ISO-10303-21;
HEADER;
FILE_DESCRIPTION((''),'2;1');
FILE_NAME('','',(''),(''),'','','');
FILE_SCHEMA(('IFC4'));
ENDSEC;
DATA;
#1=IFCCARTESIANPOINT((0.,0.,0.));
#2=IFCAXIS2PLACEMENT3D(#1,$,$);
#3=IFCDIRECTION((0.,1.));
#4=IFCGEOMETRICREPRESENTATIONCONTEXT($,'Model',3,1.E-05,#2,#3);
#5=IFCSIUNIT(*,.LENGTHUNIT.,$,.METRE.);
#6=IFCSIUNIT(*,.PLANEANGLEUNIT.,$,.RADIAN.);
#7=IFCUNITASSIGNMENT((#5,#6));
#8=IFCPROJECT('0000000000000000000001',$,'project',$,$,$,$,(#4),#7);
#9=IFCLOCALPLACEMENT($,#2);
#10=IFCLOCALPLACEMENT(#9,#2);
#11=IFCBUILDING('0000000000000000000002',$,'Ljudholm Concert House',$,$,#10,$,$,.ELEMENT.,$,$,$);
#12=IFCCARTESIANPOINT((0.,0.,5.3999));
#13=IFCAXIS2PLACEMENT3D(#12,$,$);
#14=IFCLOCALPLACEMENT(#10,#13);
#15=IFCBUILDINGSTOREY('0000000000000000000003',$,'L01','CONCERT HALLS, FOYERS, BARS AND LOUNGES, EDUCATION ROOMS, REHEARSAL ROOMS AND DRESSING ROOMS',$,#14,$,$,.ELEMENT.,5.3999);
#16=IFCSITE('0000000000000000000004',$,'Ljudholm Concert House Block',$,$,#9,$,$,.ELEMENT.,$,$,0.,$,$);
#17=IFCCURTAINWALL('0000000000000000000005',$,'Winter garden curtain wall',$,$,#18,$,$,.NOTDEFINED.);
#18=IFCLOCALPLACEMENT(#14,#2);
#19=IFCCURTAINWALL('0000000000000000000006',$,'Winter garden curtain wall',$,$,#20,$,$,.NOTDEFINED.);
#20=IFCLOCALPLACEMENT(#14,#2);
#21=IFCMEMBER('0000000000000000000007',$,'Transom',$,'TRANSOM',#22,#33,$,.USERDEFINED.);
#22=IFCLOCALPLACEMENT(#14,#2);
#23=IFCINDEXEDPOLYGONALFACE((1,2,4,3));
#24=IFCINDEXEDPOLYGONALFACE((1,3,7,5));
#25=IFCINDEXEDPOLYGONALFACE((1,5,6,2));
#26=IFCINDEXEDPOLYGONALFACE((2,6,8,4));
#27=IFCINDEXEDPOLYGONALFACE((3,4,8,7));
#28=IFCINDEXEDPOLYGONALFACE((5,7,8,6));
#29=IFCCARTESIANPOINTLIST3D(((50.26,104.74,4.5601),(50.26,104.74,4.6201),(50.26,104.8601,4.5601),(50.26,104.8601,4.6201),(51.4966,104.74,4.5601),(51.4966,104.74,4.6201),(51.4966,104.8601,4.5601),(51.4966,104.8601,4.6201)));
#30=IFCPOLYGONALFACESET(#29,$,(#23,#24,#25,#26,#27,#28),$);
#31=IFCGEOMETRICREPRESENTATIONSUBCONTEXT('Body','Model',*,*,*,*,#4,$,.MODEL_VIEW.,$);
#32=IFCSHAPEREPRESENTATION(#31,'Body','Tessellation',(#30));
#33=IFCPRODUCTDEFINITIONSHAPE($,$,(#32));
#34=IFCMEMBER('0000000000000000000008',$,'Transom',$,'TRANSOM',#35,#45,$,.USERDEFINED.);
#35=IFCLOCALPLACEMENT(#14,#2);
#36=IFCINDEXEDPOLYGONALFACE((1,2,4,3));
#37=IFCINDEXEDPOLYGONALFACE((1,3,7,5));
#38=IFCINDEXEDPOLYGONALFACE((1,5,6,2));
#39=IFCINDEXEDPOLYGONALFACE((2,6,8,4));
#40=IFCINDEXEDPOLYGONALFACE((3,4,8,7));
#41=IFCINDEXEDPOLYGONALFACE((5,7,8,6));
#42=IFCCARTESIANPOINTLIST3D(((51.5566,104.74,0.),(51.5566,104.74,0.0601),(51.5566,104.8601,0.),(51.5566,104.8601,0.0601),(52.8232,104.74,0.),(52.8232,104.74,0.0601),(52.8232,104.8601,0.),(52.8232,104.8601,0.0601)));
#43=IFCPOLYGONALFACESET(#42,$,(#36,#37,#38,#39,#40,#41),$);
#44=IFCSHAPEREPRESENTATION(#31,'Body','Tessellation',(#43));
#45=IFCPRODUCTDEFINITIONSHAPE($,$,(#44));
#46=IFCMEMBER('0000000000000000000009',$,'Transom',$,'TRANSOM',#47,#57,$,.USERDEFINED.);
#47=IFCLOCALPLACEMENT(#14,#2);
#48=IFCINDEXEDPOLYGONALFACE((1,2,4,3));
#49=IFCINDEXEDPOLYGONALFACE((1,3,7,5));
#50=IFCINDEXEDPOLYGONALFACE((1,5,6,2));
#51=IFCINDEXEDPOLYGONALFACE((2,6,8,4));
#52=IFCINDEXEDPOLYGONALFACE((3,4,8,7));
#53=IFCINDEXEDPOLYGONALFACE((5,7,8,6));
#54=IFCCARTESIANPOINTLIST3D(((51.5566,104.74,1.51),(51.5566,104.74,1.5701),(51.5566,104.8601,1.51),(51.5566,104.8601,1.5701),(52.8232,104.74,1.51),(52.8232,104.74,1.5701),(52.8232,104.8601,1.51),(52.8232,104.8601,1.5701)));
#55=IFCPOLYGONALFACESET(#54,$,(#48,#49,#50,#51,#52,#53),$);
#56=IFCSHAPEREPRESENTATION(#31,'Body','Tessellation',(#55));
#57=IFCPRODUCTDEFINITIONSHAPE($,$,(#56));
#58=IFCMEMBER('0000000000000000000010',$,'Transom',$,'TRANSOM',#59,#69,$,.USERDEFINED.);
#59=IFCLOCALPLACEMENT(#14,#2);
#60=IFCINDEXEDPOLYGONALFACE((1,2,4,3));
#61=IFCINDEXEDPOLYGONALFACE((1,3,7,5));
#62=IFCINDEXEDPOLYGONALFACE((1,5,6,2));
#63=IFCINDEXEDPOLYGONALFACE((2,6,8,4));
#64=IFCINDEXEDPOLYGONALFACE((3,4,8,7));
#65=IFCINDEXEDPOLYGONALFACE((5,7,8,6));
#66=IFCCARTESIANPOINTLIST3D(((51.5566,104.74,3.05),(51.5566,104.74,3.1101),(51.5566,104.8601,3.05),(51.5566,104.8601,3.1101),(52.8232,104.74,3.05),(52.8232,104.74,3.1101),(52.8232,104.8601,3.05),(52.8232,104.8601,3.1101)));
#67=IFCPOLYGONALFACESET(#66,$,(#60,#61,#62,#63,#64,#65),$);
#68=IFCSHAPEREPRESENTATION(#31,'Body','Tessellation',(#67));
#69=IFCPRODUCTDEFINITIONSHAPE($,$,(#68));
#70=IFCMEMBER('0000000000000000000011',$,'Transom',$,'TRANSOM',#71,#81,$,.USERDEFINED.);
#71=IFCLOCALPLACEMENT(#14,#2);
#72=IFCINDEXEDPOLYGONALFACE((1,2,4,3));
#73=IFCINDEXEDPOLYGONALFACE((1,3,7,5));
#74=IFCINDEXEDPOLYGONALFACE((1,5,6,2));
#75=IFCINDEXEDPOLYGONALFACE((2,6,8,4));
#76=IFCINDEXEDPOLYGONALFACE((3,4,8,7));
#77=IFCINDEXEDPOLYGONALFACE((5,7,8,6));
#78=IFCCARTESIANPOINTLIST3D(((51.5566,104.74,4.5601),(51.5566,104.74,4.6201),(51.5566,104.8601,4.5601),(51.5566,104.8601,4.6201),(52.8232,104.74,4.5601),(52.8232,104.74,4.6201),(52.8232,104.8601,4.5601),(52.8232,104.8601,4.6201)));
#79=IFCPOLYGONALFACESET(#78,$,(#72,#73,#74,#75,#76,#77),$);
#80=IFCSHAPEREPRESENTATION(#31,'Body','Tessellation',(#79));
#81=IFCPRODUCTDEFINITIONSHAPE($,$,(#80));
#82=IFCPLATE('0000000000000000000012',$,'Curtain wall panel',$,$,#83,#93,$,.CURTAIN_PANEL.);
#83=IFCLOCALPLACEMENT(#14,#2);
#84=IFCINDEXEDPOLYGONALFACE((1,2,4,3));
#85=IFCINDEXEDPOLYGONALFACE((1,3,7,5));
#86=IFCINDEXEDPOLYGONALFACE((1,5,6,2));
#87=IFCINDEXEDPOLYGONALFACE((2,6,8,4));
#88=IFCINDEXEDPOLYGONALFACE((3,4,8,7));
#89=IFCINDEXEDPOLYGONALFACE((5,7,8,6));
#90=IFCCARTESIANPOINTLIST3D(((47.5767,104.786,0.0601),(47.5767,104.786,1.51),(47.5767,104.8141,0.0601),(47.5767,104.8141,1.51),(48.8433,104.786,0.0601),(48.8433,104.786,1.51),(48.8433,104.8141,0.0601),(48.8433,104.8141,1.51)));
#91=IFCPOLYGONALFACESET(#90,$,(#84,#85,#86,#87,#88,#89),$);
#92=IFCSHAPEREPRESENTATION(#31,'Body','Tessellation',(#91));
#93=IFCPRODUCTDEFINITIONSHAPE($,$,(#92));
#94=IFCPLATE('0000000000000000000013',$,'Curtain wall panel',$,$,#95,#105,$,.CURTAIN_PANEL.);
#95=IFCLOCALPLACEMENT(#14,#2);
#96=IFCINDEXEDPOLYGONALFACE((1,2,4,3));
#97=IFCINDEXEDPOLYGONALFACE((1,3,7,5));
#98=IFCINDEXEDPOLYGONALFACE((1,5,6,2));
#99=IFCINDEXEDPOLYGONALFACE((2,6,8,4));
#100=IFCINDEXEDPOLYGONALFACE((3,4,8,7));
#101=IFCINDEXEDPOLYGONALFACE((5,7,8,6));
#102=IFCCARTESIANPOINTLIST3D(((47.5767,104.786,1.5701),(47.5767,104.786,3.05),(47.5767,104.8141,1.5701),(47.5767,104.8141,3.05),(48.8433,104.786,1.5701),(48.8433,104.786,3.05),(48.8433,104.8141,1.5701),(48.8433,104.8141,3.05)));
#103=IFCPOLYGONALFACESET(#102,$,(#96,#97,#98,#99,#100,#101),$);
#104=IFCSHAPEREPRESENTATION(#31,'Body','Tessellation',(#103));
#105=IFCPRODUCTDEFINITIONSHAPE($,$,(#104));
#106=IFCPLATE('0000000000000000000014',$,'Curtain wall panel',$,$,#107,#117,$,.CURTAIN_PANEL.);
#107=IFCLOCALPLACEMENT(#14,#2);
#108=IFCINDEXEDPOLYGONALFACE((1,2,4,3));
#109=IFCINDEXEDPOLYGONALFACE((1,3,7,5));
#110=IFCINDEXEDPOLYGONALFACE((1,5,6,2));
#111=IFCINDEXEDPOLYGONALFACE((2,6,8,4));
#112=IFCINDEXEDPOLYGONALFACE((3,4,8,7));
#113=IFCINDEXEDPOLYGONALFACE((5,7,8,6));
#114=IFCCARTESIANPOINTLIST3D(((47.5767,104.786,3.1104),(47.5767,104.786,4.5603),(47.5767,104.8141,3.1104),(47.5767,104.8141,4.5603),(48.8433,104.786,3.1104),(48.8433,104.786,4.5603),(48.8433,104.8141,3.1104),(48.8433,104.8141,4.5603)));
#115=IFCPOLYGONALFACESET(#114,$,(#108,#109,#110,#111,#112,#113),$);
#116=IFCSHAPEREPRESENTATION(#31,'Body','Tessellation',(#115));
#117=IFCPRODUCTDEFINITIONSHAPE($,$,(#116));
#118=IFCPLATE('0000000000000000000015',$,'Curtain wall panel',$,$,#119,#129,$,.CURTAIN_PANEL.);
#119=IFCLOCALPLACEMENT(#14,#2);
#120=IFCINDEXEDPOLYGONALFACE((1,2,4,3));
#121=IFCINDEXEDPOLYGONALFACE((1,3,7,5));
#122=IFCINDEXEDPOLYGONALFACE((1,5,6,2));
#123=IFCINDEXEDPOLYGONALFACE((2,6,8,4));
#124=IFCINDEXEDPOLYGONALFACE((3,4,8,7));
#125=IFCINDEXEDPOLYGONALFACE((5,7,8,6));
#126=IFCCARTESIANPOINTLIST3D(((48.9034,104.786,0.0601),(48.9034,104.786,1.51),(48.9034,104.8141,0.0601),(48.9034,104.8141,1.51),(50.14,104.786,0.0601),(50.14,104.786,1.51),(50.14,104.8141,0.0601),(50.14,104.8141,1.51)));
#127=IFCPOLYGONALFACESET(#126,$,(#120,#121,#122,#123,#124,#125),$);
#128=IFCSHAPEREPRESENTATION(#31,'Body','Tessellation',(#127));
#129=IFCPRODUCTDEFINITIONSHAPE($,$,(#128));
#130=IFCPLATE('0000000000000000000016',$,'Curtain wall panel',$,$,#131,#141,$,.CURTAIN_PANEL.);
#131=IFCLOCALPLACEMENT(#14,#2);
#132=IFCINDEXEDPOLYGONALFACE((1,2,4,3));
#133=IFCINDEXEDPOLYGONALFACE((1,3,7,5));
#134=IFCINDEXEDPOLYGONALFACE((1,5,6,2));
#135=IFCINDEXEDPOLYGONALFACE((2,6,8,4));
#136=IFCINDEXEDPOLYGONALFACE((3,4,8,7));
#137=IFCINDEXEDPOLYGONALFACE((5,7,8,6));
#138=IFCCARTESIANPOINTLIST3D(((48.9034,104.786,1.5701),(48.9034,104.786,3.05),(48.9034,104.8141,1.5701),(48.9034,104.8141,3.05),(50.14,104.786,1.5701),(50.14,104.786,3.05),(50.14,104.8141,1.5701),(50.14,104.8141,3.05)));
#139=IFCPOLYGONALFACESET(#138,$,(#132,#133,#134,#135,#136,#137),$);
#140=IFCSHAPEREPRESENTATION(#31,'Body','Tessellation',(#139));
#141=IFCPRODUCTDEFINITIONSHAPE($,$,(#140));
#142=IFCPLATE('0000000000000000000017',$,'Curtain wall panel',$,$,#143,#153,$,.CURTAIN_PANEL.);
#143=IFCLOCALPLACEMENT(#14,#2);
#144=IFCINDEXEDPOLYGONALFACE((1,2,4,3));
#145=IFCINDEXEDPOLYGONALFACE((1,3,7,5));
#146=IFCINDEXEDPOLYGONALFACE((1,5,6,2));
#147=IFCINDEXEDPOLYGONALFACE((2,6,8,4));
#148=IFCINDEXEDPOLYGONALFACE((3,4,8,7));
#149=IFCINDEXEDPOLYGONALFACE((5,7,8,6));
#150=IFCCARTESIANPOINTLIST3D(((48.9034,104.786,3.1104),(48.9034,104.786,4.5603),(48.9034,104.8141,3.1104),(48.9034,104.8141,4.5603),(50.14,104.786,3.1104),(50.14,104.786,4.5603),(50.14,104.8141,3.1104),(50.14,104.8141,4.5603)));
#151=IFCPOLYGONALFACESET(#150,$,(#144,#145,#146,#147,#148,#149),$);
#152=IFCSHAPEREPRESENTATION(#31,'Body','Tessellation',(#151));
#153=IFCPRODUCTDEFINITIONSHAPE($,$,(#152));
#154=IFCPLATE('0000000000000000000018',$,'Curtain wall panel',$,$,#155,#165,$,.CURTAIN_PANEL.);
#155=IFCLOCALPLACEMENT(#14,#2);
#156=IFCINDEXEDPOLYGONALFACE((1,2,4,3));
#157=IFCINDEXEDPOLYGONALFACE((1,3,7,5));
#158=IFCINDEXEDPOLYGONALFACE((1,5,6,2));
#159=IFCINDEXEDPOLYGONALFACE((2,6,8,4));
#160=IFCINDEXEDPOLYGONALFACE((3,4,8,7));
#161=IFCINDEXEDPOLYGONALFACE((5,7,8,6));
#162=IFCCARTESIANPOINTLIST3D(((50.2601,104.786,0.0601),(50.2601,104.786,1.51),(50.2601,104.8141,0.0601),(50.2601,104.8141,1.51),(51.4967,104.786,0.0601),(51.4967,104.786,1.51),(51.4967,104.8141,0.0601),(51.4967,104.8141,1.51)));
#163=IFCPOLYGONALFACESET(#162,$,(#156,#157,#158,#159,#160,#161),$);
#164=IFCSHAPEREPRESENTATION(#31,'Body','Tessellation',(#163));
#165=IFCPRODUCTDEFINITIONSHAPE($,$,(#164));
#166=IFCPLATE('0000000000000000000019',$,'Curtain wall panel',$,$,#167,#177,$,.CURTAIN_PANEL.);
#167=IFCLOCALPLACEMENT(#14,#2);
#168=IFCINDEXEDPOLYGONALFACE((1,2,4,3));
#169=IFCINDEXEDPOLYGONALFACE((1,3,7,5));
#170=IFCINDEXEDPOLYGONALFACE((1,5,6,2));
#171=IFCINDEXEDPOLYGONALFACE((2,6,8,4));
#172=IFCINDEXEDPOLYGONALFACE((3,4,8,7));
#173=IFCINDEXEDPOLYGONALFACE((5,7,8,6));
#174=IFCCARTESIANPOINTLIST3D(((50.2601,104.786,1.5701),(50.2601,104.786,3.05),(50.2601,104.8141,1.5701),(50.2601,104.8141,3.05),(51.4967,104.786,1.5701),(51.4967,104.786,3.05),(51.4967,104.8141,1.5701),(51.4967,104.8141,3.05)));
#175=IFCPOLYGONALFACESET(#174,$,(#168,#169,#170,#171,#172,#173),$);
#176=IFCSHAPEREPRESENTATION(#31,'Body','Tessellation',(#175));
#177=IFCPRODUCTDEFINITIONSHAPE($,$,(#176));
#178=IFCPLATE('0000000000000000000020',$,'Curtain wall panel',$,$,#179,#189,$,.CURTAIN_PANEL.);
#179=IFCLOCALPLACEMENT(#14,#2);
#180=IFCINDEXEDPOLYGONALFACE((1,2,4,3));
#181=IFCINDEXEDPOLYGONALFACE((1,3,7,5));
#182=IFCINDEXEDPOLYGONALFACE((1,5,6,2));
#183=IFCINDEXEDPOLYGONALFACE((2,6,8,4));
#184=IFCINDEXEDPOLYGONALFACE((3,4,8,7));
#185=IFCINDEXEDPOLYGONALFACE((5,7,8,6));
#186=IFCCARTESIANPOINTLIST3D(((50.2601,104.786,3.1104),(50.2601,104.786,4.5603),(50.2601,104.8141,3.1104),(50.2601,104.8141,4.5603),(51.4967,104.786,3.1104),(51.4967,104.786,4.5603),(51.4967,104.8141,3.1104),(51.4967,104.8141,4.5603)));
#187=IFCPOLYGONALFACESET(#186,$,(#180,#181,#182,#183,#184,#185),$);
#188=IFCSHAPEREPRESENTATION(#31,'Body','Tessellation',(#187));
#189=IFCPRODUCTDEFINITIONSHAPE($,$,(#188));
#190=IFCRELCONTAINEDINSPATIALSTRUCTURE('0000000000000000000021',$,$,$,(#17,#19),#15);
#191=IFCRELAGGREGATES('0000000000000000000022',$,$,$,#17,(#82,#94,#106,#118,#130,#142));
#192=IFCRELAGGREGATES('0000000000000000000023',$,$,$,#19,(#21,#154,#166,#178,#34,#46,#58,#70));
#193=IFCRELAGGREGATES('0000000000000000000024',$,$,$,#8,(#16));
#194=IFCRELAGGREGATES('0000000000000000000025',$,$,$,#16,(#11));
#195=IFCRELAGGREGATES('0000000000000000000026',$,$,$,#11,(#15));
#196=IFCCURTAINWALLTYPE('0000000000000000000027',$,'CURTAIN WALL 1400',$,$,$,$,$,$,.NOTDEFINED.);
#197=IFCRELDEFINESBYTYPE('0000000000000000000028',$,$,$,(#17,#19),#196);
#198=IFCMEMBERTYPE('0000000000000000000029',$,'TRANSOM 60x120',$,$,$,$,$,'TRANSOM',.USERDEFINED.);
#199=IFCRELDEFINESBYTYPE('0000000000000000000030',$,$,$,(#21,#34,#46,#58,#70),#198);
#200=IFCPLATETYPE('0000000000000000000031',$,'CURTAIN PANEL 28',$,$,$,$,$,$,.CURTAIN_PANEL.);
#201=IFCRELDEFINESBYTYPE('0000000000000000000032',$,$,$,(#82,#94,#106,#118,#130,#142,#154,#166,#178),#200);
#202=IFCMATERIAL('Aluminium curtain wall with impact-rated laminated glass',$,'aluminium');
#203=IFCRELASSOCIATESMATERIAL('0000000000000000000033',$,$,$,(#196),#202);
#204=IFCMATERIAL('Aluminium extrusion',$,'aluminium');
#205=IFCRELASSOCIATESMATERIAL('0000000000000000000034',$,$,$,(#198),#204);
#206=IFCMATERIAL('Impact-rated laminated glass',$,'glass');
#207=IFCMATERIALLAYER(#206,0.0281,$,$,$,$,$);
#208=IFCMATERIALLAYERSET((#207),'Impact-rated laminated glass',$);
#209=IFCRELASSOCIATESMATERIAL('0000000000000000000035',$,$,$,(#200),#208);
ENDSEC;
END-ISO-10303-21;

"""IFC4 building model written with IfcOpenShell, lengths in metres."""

from ifc_helpers import new_model, si_unit, direction, frame, origin, origin_2d, place, context, subcontext, project, spatial, rectangle, extrude, material, layer, layer_set, material_profile, profile_set, type_object, element, aggregate, save


model = new_model("IFC4")

# Units and contexts
model_context = context("Model", 3, precision=1e-05, world=origin(), true_north=direction((0.0, 1.0)))
body_context = subcontext(model_context, "Body", "Model", "MODEL_VIEW")
ifc_project = project(units=[si_unit("LENGTHUNIT", "METRE"), si_unit("PLANEANGLEUNIT", "RADIAN")], contexts=[model_context])

# Site, building, storey
site_placement = place(None, origin())
site = spatial("IfcSite", under=ifc_project, at=site_placement, Name="Ljudholm Concert House Block", CompositionType="ELEMENT", RefElevation=0.0)
building_placement = place(site_placement, origin())
building = spatial("IfcBuilding", under=site, at=building_placement, Name="Ljudholm Concert House", CompositionType="ELEMENT")
storey_placement = place(building_placement, frame((0.0, 0.0, 5.3999)))
storey = spatial("IfcBuildingStorey", under=building, at=storey_placement, Name="L01", Description="CONCERT HALLS, FOYERS, BARS AND LOUNGES, EDUCATION ROOMS, REHEARSAL ROOMS AND DRESSING ROOMS", CompositionType="ELEMENT", Elevation=5.3999)

# Curtain walls
ifc_material_1 = material(Name="Aluminium curtain wall with impact-rated laminated glass", Category="aluminium")
curtain_wall_type = type_object("IfcCurtainWallType", Name="CURTAIN WALL 1400", PredefinedType="NOTDEFINED", material=ifc_material_1)
curtain_wall_1_placement = place(storey_placement, origin())
curtain_wall_1 = element("IfcCurtainWall", 1, at=curtain_wall_1_placement, inside=storey, type_object=curtain_wall_type, Name="Winter garden curtain wall", PredefinedType="NOTDEFINED")
curtain_wall_2_placement = place(storey_placement, origin())
curtain_wall_2 = element("IfcCurtainWall", 2, at=curtain_wall_2_placement, inside=storey, type_object=curtain_wall_type, Name="Winter garden curtain wall", PredefinedType="NOTDEFINED")

# Members
ifc_material_2 = material(Name="Aluminium extrusion", Category="aluminium")
ifc_material_profile_1 = material_profile(ifc_material_2, rectangle(XDim=0.1201, YDim=0.0601, at=origin_2d()), Name="TRANSOM 60x120")
ifc_profile_set_1 = profile_set([ifc_material_profile_1], Name="Aluminium extrusion")
member_type_1 = type_object("IfcMemberType", Name="TRANSOM 60x120", ElementType="TRANSOM", PredefinedType="USERDEFINED", material=ifc_profile_set_1)
member_1_placement = place(storey_placement, frame((50.26, 104.8, 4.5901), z_axis=(1.0, 0.0, 0.0), x_axis=(0.0, 1.0, 0.0)))
member_1 = element("IfcMember", 3, at=member_1_placement, type_object=member_type_1, Name="Transom", ObjectType="TRANSOM", PredefinedType="USERDEFINED", context=body_context, shape_type="SweptSolid", body=[
    extrude(rectangle(XDim=0.1201, YDim=0.0601, at=origin_2d()), origin(), (0.0, 0.0, 1.0), 1.2366),
])
member_2_placement = place(storey_placement, frame((51.5566, 104.8, 0.03), z_axis=(1.0, 0.0, 0.0), x_axis=(0.0, 1.0, 0.0)))
member_2 = element("IfcMember", 4, at=member_2_placement, type_object=member_type_1, Name="Transom", ObjectType="TRANSOM", PredefinedType="USERDEFINED", context=body_context, shape_type="SweptSolid", body=[
    extrude(rectangle(XDim=0.1201, YDim=0.0601, at=origin_2d()), origin(), (0.0, 0.0, 1.0), 1.2666),
])
member_3_placement = place(storey_placement, frame((51.5566, 104.8, 1.54), z_axis=(1.0, 0.0, 0.0), x_axis=(0.0, 1.0, 0.0)))
member_3 = element("IfcMember", 5, at=member_3_placement, type_object=member_type_1, Name="Transom", ObjectType="TRANSOM", PredefinedType="USERDEFINED", context=body_context, shape_type="SweptSolid", body=[
    extrude(rectangle(XDim=0.1201, YDim=0.0601, at=origin_2d()), origin(), (0.0, 0.0, 1.0), 1.2666),
])
member_4_placement = place(storey_placement, frame((51.5566, 104.8, 3.0801), z_axis=(1.0, 0.0, 0.0), x_axis=(0.0, 1.0, 0.0)))
member_4 = element("IfcMember", 6, at=member_4_placement, type_object=member_type_1, Name="Transom", ObjectType="TRANSOM", PredefinedType="USERDEFINED", context=body_context, shape_type="SweptSolid", body=[
    extrude(rectangle(XDim=0.1201, YDim=0.0601, at=origin_2d()), origin(), (0.0, 0.0, 1.0), 1.2666),
])
member_5_placement = place(storey_placement, frame((51.5566, 104.8, 4.5901), z_axis=(1.0, 0.0, 0.0), x_axis=(0.0, 1.0, 0.0)))
member_5 = element("IfcMember", 7, at=member_5_placement, type_object=member_type_1, Name="Transom", ObjectType="TRANSOM", PredefinedType="USERDEFINED", context=body_context, shape_type="SweptSolid", body=[
    extrude(rectangle(XDim=0.1201, YDim=0.0601, at=origin_2d()), origin(), (0.0, 0.0, 1.0), 1.2666),
])

# Plates
ifc_material_3 = material(Name="Impact-rated laminated glass", Category="glass")
ifc_layer = layer(ifc_material_3, 0.0281)
ifc_layer_set = layer_set([ifc_layer], Name="Impact-rated laminated glass")
plate_type = type_object("IfcPlateType", Name="CURTAIN PANEL 28", PredefinedType="CURTAIN_PANEL", material=ifc_layer_set)
plate_1_placement = place(storey_placement, frame((48.21, 104.8, 0.0601), z_axis=(0.0, 0.0, 1.0), x_axis=(1.0, 0.0, 0.0)))
plate_1 = element("IfcPlate", 8, at=plate_1_placement, type_object=plate_type, Name="Curtain wall panel", PredefinedType="CURTAIN_PANEL", context=body_context, shape_type="SweptSolid", body=[
    extrude(rectangle(XDim=1.2666, YDim=0.0281, at=origin_2d()), origin(), (0.0, 0.0, 1.0), 1.45),
])
plate_2_placement = place(storey_placement, frame((48.21, 104.8, 1.5701), z_axis=(0.0, 0.0, 1.0), x_axis=(1.0, 0.0, 0.0)))
plate_2 = element("IfcPlate", 9, at=plate_2_placement, type_object=plate_type, Name="Curtain wall panel", PredefinedType="CURTAIN_PANEL", context=body_context, shape_type="SweptSolid", body=[
    extrude(rectangle(XDim=1.2666, YDim=0.0281, at=origin_2d()), origin(), (0.0, 0.0, 1.0), 1.48),
])
plate_3_placement = place(storey_placement, frame((48.21, 104.8, 3.1104), z_axis=(0.0, 0.0, 1.0), x_axis=(1.0, 0.0, 0.0)))
plate_3 = element("IfcPlate", 10, at=plate_3_placement, type_object=plate_type, Name="Curtain wall panel", PredefinedType="CURTAIN_PANEL", context=body_context, shape_type="SweptSolid", body=[
    extrude(rectangle(XDim=1.2666, YDim=0.0281, at=origin_2d()), origin(), (0.0, 0.0, 1.0), 1.45),
])
plate_4_placement = place(storey_placement, frame((49.5217, 104.8, 0.0601), z_axis=(0.0, 0.0, 1.0), x_axis=(1.0, 0.0, 0.0)))
plate_4 = element("IfcPlate", 11, at=plate_4_placement, type_object=plate_type, Name="Curtain wall panel", PredefinedType="CURTAIN_PANEL", context=body_context, shape_type="SweptSolid", body=[
    extrude(rectangle(XDim=1.2366, YDim=0.0281, at=origin_2d()), origin(), (0.0, 0.0, 1.0), 1.45),
])
plate_5_placement = place(storey_placement, frame((49.5217, 104.8, 1.5701), z_axis=(0.0, 0.0, 1.0), x_axis=(1.0, 0.0, 0.0)))
plate_5 = element("IfcPlate", 12, at=plate_5_placement, type_object=plate_type, Name="Curtain wall panel", PredefinedType="CURTAIN_PANEL", context=body_context, shape_type="SweptSolid", body=[
    extrude(rectangle(XDim=1.2366, YDim=0.0281, at=origin_2d()), origin(), (0.0, 0.0, 1.0), 1.48),
])
plate_6_placement = place(storey_placement, frame((49.5217, 104.8, 3.1104), z_axis=(0.0, 0.0, 1.0), x_axis=(1.0, 0.0, 0.0)))
plate_6 = element("IfcPlate", 13, at=plate_6_placement, type_object=plate_type, Name="Curtain wall panel", PredefinedType="CURTAIN_PANEL", context=body_context, shape_type="SweptSolid", body=[
    extrude(rectangle(XDim=1.2366, YDim=0.0281, at=origin_2d()), origin(), (0.0, 0.0, 1.0), 1.45),
])
aggregate(curtain_wall_1, [plate_1, plate_2, plate_3, plate_4, plate_5, plate_6])
plate_7_placement = place(storey_placement, frame((50.8784, 104.8, 0.0601), z_axis=(0.0, 0.0, 1.0), x_axis=(1.0, 0.0, 0.0)))
plate_7 = element("IfcPlate", 14, at=plate_7_placement, type_object=plate_type, Name="Curtain wall panel", PredefinedType="CURTAIN_PANEL", context=body_context, shape_type="SweptSolid", body=[
    extrude(rectangle(XDim=1.2366, YDim=0.0281, at=origin_2d()), origin(), (0.0, 0.0, 1.0), 1.45),
])
plate_8_placement = place(storey_placement, frame((50.8784, 104.8, 1.5701), z_axis=(0.0, 0.0, 1.0), x_axis=(1.0, 0.0, 0.0)))
plate_8 = element("IfcPlate", 15, at=plate_8_placement, type_object=plate_type, Name="Curtain wall panel", PredefinedType="CURTAIN_PANEL", context=body_context, shape_type="SweptSolid", body=[
    extrude(rectangle(XDim=1.2366, YDim=0.0281, at=origin_2d()), origin(), (0.0, 0.0, 1.0), 1.48),
])
plate_9_placement = place(storey_placement, frame((50.8784, 104.8, 3.1104), z_axis=(0.0, 0.0, 1.0), x_axis=(1.0, 0.0, 0.0)))
plate_9 = element("IfcPlate", 16, at=plate_9_placement, type_object=plate_type, Name="Curtain wall panel", PredefinedType="CURTAIN_PANEL", context=body_context, shape_type="SweptSolid", body=[
    extrude(rectangle(XDim=1.2366, YDim=0.0281, at=origin_2d()), origin(), (0.0, 0.0, 1.0), 1.45),
])
aggregate(curtain_wall_2, [member_1, plate_7, plate_8, plate_9, member_2, member_3, member_4, member_5])

save(model, "model.ifc")
